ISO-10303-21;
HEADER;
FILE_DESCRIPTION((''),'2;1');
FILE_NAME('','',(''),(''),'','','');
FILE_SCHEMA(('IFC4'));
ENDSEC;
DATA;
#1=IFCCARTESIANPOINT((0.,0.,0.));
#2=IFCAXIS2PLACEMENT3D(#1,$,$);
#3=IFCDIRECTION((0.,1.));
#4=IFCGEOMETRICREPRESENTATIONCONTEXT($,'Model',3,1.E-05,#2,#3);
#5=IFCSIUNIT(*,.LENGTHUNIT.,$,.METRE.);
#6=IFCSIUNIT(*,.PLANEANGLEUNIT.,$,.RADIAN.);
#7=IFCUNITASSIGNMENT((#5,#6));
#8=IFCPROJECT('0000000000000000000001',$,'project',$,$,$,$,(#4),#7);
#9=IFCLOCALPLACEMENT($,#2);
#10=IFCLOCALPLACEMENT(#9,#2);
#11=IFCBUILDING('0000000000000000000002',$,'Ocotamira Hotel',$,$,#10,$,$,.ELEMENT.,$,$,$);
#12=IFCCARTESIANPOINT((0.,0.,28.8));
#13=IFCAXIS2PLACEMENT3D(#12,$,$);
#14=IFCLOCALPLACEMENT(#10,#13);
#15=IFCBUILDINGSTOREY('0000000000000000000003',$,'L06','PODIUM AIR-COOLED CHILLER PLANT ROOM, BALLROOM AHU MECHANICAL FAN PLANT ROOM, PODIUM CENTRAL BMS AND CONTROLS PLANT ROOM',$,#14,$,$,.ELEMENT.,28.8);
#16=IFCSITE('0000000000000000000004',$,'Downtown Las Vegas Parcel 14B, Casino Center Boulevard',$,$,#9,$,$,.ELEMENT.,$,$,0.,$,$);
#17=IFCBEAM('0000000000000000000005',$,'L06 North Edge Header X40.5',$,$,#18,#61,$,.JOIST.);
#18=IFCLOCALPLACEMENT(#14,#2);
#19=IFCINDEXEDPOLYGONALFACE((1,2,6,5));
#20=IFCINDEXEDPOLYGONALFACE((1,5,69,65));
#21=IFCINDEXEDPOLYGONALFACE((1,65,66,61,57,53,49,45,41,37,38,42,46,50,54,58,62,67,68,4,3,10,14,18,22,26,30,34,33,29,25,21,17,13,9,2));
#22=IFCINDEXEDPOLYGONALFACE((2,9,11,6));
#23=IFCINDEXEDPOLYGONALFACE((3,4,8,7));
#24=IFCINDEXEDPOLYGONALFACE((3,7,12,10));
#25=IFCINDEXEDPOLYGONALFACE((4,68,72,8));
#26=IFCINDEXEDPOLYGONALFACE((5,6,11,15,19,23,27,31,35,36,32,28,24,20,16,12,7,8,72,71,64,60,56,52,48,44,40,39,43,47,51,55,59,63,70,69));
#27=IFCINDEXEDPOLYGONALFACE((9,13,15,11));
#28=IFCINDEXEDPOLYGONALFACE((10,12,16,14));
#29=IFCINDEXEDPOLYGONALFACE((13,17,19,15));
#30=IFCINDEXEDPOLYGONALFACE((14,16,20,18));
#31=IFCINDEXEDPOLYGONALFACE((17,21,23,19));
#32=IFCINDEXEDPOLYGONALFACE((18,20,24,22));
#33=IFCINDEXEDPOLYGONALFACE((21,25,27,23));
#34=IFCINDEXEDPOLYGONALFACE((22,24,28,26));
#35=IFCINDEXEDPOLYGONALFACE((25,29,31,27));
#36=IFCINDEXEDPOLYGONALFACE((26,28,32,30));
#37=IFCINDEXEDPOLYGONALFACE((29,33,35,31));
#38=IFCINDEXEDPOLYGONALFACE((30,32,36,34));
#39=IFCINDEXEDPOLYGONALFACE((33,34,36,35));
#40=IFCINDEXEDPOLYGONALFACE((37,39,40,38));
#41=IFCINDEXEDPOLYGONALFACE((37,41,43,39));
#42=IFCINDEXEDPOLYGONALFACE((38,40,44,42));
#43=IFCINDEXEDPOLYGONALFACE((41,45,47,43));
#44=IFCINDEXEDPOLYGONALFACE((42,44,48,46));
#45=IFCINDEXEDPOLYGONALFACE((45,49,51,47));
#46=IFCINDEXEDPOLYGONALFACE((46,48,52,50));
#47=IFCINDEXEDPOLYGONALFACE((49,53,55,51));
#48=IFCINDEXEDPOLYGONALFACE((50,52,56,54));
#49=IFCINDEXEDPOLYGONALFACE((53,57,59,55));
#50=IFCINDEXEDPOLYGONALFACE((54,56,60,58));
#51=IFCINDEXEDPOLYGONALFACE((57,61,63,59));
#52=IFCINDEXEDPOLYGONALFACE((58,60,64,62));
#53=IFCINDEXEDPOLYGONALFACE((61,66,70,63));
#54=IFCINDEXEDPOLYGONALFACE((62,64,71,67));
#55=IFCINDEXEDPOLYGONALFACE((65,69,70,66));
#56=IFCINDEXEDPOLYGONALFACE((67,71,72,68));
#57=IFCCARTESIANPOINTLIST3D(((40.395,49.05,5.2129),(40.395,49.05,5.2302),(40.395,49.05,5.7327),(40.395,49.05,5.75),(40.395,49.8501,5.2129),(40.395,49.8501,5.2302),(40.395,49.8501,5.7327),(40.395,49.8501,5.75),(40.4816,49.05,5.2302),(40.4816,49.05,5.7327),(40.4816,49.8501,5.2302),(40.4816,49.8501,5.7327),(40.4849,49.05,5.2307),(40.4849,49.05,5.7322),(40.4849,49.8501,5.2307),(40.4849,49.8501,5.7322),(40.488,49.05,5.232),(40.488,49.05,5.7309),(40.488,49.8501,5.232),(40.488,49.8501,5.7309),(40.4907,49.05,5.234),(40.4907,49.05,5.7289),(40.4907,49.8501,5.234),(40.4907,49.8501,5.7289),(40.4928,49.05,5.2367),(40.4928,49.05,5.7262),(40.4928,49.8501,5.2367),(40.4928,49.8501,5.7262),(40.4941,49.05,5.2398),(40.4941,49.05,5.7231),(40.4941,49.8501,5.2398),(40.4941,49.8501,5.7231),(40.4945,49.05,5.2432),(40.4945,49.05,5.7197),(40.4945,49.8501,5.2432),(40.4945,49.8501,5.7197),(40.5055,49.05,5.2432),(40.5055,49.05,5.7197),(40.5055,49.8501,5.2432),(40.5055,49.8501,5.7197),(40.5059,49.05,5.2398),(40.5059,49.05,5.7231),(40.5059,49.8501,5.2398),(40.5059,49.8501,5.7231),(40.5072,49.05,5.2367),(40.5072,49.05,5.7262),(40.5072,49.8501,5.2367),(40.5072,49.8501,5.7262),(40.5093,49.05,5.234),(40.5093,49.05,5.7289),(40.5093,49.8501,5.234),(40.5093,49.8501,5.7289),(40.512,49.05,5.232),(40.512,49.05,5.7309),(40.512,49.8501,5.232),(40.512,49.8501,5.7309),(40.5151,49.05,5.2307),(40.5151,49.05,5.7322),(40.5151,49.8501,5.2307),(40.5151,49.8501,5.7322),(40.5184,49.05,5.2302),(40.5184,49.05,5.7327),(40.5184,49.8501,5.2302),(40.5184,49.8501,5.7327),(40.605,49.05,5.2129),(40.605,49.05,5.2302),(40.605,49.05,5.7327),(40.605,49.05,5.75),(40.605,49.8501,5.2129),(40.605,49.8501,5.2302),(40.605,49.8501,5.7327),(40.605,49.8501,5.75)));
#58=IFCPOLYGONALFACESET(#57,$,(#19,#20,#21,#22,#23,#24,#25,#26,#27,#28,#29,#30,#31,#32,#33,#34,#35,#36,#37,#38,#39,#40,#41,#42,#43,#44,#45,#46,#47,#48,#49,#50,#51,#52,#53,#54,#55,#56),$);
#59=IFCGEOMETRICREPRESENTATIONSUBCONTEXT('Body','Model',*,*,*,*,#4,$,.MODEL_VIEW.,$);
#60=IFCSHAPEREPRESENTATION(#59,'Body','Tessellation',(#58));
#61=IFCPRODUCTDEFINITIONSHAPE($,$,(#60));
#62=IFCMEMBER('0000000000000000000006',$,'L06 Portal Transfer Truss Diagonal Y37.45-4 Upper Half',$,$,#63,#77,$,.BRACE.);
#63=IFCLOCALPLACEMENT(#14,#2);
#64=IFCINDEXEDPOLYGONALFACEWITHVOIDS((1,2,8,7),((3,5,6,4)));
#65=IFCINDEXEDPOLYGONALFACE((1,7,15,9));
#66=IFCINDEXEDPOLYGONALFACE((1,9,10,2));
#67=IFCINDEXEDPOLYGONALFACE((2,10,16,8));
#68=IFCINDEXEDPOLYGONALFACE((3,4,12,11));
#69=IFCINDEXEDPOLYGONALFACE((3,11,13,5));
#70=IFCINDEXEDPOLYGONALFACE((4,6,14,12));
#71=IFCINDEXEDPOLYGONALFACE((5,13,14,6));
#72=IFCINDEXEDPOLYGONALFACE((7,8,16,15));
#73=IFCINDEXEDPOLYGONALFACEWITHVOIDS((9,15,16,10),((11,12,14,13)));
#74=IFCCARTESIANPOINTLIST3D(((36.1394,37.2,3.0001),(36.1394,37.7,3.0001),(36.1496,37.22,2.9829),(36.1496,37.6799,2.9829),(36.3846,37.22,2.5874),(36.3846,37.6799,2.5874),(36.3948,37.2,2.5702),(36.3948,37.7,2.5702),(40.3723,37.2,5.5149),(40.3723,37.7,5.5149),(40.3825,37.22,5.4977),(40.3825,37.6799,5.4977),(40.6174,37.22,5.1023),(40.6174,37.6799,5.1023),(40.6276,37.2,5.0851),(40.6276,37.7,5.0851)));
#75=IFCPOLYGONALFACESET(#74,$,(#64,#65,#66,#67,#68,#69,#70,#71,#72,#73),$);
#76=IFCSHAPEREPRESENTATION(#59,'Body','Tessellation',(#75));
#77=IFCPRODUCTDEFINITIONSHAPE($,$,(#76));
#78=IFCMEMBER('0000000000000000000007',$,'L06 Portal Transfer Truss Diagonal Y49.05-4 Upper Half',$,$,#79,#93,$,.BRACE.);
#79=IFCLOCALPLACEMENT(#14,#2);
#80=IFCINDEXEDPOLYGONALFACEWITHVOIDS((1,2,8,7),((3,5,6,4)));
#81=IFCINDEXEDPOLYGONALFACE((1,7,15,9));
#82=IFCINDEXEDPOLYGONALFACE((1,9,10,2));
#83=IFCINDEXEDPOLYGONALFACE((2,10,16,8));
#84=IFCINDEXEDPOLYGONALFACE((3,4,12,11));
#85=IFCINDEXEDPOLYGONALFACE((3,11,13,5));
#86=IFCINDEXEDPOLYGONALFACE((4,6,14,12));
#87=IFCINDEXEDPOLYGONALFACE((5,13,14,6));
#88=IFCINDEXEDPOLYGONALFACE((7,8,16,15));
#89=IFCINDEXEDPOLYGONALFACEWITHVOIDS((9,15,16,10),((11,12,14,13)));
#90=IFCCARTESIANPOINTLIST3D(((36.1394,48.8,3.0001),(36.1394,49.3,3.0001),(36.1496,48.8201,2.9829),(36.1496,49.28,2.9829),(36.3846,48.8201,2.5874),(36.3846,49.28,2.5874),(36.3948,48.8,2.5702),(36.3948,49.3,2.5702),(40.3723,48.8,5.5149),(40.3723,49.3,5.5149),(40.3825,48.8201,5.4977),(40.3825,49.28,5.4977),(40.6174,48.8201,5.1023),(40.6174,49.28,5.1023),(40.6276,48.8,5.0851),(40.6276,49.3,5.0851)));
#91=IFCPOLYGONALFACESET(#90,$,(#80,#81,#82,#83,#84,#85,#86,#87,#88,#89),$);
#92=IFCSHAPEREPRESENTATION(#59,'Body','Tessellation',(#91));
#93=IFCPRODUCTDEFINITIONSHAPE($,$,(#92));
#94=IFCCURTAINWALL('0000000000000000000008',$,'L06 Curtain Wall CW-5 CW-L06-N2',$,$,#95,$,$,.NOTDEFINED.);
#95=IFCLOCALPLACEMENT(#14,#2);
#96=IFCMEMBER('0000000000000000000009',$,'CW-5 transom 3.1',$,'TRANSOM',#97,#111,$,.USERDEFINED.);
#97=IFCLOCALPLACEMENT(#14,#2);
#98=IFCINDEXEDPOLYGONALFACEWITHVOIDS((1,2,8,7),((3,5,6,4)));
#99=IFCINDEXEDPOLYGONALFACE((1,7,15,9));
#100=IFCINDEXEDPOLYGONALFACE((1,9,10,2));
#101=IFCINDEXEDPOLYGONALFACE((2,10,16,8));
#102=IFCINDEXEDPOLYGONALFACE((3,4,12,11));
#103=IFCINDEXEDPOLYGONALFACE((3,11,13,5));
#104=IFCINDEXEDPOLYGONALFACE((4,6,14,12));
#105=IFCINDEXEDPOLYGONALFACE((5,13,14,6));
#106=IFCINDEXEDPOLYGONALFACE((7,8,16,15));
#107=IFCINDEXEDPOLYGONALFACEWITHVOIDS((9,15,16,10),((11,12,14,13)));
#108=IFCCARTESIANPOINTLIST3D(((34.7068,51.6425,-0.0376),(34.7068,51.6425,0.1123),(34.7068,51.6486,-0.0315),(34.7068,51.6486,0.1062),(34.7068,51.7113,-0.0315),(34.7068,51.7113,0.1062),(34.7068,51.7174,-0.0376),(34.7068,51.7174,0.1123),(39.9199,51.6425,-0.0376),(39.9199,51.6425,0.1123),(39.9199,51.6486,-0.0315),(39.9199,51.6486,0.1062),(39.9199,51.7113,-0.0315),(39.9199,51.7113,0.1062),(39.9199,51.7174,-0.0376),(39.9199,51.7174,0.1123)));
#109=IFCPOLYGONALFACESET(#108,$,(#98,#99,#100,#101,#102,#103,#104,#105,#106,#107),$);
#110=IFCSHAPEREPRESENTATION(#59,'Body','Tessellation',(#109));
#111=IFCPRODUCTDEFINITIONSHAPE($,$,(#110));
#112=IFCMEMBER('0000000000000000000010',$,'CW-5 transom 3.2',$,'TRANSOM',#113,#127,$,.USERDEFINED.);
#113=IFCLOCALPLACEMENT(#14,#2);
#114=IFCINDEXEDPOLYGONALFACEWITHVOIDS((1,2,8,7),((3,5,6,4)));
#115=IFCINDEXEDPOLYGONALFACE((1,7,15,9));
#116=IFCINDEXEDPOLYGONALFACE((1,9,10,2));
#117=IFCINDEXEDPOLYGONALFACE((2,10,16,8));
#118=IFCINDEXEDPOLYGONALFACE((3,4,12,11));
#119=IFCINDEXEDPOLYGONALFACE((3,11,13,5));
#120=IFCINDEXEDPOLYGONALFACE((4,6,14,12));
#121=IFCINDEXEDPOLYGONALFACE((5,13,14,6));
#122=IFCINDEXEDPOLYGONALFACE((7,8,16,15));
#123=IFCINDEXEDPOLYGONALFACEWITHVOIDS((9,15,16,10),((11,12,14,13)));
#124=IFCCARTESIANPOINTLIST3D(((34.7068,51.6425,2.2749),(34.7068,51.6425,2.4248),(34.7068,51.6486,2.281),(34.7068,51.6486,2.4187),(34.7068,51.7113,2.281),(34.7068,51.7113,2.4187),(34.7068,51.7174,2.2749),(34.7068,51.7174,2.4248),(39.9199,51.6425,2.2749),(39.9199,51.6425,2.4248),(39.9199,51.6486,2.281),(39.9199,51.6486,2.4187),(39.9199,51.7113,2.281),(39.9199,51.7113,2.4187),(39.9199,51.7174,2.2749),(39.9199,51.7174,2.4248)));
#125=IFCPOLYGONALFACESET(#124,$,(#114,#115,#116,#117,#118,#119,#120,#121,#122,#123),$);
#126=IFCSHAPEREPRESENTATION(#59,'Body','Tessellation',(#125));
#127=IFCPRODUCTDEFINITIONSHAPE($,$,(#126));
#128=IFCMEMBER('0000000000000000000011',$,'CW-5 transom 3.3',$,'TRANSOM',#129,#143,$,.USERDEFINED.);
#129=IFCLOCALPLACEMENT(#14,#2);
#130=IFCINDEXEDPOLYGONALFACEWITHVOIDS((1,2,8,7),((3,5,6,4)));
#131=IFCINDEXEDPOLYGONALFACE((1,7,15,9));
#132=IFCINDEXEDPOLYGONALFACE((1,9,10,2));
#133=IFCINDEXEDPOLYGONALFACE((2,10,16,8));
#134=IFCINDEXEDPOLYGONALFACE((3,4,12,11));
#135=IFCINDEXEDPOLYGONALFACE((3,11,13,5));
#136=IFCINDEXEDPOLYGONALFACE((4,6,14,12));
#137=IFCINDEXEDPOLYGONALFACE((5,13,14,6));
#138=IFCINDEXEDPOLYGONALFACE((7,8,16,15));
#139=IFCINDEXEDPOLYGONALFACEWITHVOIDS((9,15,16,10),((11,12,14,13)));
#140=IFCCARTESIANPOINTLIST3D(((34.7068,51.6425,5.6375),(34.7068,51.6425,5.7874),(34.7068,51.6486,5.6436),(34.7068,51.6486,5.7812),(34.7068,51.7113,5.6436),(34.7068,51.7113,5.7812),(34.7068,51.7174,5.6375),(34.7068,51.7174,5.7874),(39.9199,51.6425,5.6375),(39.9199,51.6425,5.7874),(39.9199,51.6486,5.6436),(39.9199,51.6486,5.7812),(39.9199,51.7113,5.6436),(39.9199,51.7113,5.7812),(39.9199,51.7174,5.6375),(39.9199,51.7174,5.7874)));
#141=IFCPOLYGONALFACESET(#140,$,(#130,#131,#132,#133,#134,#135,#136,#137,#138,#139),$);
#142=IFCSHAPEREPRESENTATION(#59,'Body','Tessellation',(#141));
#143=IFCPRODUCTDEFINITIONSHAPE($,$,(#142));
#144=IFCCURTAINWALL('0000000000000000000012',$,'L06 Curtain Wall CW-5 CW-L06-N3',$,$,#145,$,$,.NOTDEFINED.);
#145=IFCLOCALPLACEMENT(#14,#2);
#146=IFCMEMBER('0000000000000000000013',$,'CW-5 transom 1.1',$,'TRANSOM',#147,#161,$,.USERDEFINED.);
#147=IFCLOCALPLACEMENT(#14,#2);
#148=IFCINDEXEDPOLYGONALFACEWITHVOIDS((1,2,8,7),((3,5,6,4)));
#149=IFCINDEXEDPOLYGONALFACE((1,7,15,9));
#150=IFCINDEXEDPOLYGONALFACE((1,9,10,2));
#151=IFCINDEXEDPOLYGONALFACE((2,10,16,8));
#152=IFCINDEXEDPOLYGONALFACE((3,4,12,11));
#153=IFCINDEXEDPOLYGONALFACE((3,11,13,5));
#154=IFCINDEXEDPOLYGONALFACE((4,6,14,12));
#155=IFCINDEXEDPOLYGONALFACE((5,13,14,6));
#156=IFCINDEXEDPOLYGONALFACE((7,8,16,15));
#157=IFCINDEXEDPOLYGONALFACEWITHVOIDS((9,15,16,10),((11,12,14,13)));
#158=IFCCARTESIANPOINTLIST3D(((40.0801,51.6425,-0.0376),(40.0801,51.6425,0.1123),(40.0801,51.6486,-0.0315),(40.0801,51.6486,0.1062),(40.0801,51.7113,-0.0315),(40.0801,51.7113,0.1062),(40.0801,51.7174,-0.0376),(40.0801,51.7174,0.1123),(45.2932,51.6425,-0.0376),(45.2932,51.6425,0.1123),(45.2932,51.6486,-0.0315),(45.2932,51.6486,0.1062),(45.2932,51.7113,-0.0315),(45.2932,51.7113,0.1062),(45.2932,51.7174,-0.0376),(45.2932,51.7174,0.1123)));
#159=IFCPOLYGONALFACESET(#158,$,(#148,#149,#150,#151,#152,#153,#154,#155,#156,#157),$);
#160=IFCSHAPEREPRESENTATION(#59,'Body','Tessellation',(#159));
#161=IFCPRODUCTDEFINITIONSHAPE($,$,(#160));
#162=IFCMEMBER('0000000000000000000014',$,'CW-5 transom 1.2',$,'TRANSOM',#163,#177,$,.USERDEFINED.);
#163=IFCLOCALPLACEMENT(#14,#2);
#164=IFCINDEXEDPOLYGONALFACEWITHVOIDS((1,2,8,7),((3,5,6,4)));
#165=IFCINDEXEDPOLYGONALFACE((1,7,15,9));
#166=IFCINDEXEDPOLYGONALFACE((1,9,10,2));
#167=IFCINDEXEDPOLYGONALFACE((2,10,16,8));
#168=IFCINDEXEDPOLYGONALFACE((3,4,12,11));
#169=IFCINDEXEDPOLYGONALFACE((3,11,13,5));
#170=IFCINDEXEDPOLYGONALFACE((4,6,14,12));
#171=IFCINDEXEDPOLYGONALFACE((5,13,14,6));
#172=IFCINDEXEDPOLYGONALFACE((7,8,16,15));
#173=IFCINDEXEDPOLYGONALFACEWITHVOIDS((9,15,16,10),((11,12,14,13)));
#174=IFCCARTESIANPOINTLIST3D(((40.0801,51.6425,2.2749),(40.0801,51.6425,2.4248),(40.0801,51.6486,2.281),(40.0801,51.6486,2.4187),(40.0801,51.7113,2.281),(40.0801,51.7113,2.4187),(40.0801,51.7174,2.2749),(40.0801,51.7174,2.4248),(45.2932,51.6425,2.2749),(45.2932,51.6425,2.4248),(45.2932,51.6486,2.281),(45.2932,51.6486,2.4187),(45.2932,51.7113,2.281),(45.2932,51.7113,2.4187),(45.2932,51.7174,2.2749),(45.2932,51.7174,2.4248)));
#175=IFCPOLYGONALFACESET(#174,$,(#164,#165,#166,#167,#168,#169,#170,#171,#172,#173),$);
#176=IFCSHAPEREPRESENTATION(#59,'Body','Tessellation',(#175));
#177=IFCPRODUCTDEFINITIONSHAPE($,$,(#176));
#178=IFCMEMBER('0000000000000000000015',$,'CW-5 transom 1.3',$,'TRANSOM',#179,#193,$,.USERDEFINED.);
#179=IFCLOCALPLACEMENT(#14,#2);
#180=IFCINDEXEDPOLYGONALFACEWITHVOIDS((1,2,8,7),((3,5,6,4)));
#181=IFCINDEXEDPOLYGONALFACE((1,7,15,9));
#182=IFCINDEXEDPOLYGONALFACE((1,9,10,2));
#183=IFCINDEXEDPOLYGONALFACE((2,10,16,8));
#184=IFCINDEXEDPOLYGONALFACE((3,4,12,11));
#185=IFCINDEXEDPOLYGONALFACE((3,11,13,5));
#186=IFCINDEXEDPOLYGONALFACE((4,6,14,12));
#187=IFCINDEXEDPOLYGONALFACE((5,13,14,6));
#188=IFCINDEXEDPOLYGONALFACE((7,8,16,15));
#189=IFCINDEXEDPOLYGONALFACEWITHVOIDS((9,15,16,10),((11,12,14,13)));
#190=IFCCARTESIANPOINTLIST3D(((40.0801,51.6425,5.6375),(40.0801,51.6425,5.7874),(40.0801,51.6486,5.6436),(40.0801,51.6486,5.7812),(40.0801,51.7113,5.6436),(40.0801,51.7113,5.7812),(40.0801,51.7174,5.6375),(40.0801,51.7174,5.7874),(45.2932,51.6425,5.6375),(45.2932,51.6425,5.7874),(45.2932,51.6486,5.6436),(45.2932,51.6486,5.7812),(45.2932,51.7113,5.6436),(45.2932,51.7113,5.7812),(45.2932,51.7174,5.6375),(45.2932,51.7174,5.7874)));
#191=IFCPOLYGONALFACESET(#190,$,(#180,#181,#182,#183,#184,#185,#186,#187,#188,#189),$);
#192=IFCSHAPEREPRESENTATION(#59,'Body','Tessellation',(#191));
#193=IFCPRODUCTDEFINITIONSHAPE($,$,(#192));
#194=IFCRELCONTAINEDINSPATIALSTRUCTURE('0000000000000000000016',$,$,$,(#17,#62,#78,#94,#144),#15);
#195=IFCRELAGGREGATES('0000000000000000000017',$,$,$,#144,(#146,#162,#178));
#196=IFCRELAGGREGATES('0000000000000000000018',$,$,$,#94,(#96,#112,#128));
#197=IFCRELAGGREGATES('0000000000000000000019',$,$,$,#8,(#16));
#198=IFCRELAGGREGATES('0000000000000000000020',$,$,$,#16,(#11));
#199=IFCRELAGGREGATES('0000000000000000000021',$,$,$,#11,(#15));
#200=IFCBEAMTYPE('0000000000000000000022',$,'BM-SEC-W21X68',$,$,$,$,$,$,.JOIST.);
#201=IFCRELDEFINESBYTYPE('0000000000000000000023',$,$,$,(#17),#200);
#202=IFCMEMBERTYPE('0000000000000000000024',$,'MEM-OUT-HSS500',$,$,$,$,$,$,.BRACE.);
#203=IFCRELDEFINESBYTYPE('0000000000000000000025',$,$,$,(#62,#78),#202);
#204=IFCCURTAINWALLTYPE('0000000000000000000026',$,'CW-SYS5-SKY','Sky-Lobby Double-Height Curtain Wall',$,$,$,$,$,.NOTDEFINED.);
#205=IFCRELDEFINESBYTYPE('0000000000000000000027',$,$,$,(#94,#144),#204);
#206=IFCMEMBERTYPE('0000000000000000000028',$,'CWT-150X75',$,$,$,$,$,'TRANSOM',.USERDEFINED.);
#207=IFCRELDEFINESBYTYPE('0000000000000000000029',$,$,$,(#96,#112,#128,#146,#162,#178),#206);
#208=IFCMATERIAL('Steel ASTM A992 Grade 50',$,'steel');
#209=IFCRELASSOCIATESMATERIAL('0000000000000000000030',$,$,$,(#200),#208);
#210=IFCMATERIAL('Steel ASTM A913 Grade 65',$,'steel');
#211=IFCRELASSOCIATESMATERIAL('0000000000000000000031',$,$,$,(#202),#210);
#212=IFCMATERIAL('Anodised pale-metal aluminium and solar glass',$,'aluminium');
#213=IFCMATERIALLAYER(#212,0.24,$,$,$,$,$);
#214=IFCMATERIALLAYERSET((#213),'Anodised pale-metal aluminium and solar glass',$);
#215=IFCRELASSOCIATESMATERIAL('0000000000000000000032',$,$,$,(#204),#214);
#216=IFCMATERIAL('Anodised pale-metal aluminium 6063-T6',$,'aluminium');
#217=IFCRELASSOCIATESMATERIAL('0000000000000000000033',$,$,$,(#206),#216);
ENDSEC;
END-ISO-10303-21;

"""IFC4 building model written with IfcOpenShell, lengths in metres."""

from ifc_helpers import new_model, si_unit, direction, frame, origin, origin_2d, place, context, subcontext, project, spatial, hollow_rectangle, i_section, extrude, source, transform, mapped, material, layer, layer_set, material_profile, profile_set, type_object, element, aggregate, save


model = new_model("IFC4")

# Units and contexts
model_context = context("Model", 3, precision=1e-05, world=origin(), true_north=direction((0.0, 1.0)))
body_context = subcontext(model_context, "Body", "Model", "MODEL_VIEW")
ifc_project = project(units=[si_unit("LENGTHUNIT", "METRE"), si_unit("PLANEANGLEUNIT", "RADIAN")], contexts=[model_context])

# Site, building, storey
site_placement = place(None, origin())
site = spatial("IfcSite", under=ifc_project, at=site_placement, Name="Downtown Las Vegas Parcel 14B, Casino Center Boulevard", CompositionType="ELEMENT", RefElevation=0.0)
building_placement = place(site_placement, origin())
building = spatial("IfcBuilding", under=site, at=building_placement, Name="Ocotamira Hotel", CompositionType="ELEMENT")
storey_placement = place(building_placement, frame((0.0, 0.0, 28.8)))
storey = spatial("IfcBuildingStorey", under=building, at=storey_placement, Name="L06", Description="PODIUM AIR-COOLED CHILLER PLANT ROOM, BALLROOM AHU MECHANICAL FAN PLANT ROOM, PODIUM CENTRAL BMS AND CONTROLS PLANT ROOM", CompositionType="ELEMENT", Elevation=28.8)

# Beam
ifc_material_1 = material(Name="Steel ASTM A992 Grade 50", Category="steel")
ifc_material_profile_1 = material_profile(ifc_material_1, i_section(OverallWidth=0.21, OverallDepth=0.5371, WebThickness=0.011, FlangeThickness=0.0173, FilletRadius=0.0129, at=origin_2d()), Name="W21X68")
ifc_profile_set_1 = profile_set([ifc_material_profile_1], Name="Steel ASTM A992 Grade 50")
beam_type_1 = type_object("IfcBeamType", Name="BM-SEC-W21X68", PredefinedType="JOIST", material=ifc_profile_set_1)
shared_shape_1 = source(origin(), body_context, "Body", "SweptSolid", [
    extrude(i_section(OverallWidth=0.21, OverallDepth=0.5371, WebThickness=0.011, FlangeThickness=0.0173, FilletRadius=0.0129, at=origin_2d()), origin(), (0.0, 0.0, 1.0), 0.8),
])
beam_1_placement = place(storey_placement, frame((40.5, 49.05, 5.4814), z_axis=(0.0, 1.0, 0.0), x_axis=(-1.0, 0.0, 0.0)))
element("IfcBeam", 1, at=beam_1_placement, inside=storey, type_object=beam_type_1, Name="L06 North Edge Header X40.5", PredefinedType="JOIST", context=body_context, shape_type="MappedRepresentation", body=[
    mapped(shared_shape_1, transform((0.0, 0.0, 0.0), scale=1.0)),
])

# Members
ifc_material_2 = material(Name="Steel ASTM A913 Grade 65", Category="steel")
ifc_material_profile_2 = material_profile(ifc_material_2, hollow_rectangle(XDim=0.5, YDim=0.5, WallThickness=0.02, at=origin_2d()), Name="HSS500X500X20")
ifc_profile_set_2 = profile_set([ifc_material_profile_2], Name="Steel ASTM A913 Grade 65")
member_type_1 = type_object("IfcMemberType", Name="MEM-OUT-HSS500", PredefinedType="BRACE", material=ifc_profile_set_2)
shared_shape_2 = source(origin(), body_context, "Body", "SweptSolid", [
    extrude(hollow_rectangle(XDim=0.5, YDim=0.5, WallThickness=0.02, at=origin_2d()), origin(), (0.0, 0.0, 1.0), 4.9236),
])
for number, where, z_axis, x_axis, name in (
    (2, (36.2671, 37.45, 2.7852), (0.859712, 0.0, 0.510779), (0.0, 1.0, 0.0), "L06 Portal Transfer Truss Diagonal Y37.45-4 Upper Half"),
    (3, (36.2671, 49.05, 2.7852), (0.859712, 0.0, 0.510779), (0.0, 1.0, 0.0), "L06 Portal Transfer Truss Diagonal Y49.05-4 Upper Half"),
):
    element("IfcMember", number, at=place(storey_placement, frame(where, z_axis=z_axis, x_axis=x_axis)), inside=storey, type_object=member_type_1, Name=name, PredefinedType="BRACE", context=body_context, shape_type="MappedRepresentation", body=[
        mapped(shared_shape_2, transform((0.0, 0.0, 0.0), scale=1.0)),
    ])

# Curtain walls, members
ifc_material_3 = material(Name="Anodised pale-metal aluminium and solar glass", Category="aluminium")
ifc_layer_1 = layer(ifc_material_3, 0.24)
ifc_layer_set_1 = layer_set([ifc_layer_1], Name="Anodised pale-metal aluminium and solar glass")
curtain_wall_type = type_object("IfcCurtainWallType", Name="CW-SYS5-SKY", Description="Sky-Lobby Double-Height Curtain Wall", PredefinedType="NOTDEFINED", material=ifc_layer_set_1)
curtain_wall_1_placement = place(storey_placement, origin())
curtain_wall_1 = element("IfcCurtainWall", 4, at=curtain_wall_1_placement, inside=storey, type_object=curtain_wall_type, Name="L06 Curtain Wall CW-5 CW-L06-N2", PredefinedType="NOTDEFINED")
ifc_material_4 = material(Name="Anodised pale-metal aluminium 6063-T6", Category="aluminium")
ifc_material_profile_3 = material_profile(ifc_material_4, hollow_rectangle(XDim=0.075, YDim=0.1499, WallThickness=0.0061, at=origin_2d()), Name="HSS150X75X6")
ifc_profile_set_3 = profile_set([ifc_material_profile_3], Name="Anodised pale-metal aluminium 6063-T6")
member_type_2 = type_object("IfcMemberType", Name="CWT-150X75", ElementType="TRANSOM", PredefinedType="USERDEFINED", material=ifc_profile_set_3)
shared_shape_3 = source(origin(), body_context, "Body", "SweptSolid", [
    extrude(hollow_rectangle(XDim=0.075, YDim=0.1499, WallThickness=0.0061, at=origin_2d()), origin(), (0.0, 0.0, 1.0), 5.2131),
])
member_1_placement = place(storey_placement, frame((34.7068, 51.6799, 0.0374), z_axis=(1.0, 0.0, 0.0), x_axis=(0.0, 1.0, 0.0)))
member_1 = element("IfcMember", 5, at=member_1_placement, type_object=member_type_2, Name="CW-5 transom 3.1", ObjectType="TRANSOM", PredefinedType="USERDEFINED", context=body_context, shape_type="MappedRepresentation", body=[
    mapped(shared_shape_3, transform((0.0, 0.0, 0.0), scale=1.0)),
])
member_2_placement = place(storey_placement, frame((34.7068, 51.6799, 2.3499), z_axis=(1.0, 0.0, 0.0), x_axis=(0.0, 1.0, 0.0)))
member_2 = element("IfcMember", 6, at=member_2_placement, type_object=member_type_2, Name="CW-5 transom 3.2", ObjectType="TRANSOM", PredefinedType="USERDEFINED", context=body_context, shape_type="MappedRepresentation", body=[
    mapped(shared_shape_3, transform((0.0, 0.0, 0.0), scale=1.0)),
])
member_3_placement = place(storey_placement, frame((34.7068, 51.6799, 5.7124), z_axis=(1.0, 0.0, 0.0), x_axis=(0.0, 1.0, 0.0)))
member_3 = element("IfcMember", 7, at=member_3_placement, type_object=member_type_2, Name="CW-5 transom 3.3", ObjectType="TRANSOM", PredefinedType="USERDEFINED", context=body_context, shape_type="MappedRepresentation", body=[
    mapped(shared_shape_3, transform((0.0, 0.0, 0.0), scale=1.0)),
])
curtain_wall_2_placement = place(storey_placement, origin())
curtain_wall_2 = element("IfcCurtainWall", 8, at=curtain_wall_2_placement, inside=storey, type_object=curtain_wall_type, Name="L06 Curtain Wall CW-5 CW-L06-N3", PredefinedType="NOTDEFINED")
member_4_placement = place(storey_placement, frame((40.0801, 51.6799, 0.0374), z_axis=(1.0, 0.0, 0.0), x_axis=(0.0, 1.0, 0.0)))
member_4 = element("IfcMember", 9, at=member_4_placement, type_object=member_type_2, Name="CW-5 transom 1.1", ObjectType="TRANSOM", PredefinedType="USERDEFINED", context=body_context, shape_type="MappedRepresentation", body=[
    mapped(shared_shape_3, transform((0.0, 0.0, 0.0), scale=1.0)),
])
member_5_placement = place(storey_placement, frame((40.0801, 51.6799, 2.3499), z_axis=(1.0, 0.0, 0.0), x_axis=(0.0, 1.0, 0.0)))
member_5 = element("IfcMember", 10, at=member_5_placement, type_object=member_type_2, Name="CW-5 transom 1.2", ObjectType="TRANSOM", PredefinedType="USERDEFINED", context=body_context, shape_type="MappedRepresentation", body=[
    mapped(shared_shape_3, transform((0.0, 0.0, 0.0), scale=1.0)),
])
member_6_placement = place(storey_placement, frame((40.0801, 51.6799, 5.7124), z_axis=(1.0, 0.0, 0.0), x_axis=(0.0, 1.0, 0.0)))
member_6 = element("IfcMember", 11, at=member_6_placement, type_object=member_type_2, Name="CW-5 transom 1.3", ObjectType="TRANSOM", PredefinedType="USERDEFINED", context=body_context, shape_type="MappedRepresentation", body=[
    mapped(shared_shape_3, transform((0.0, 0.0, 0.0), scale=1.0)),
])

aggregate(curtain_wall_2, [member_4, member_5, member_6])

aggregate(curtain_wall_1, [member_1, member_2, member_3])

save(model, "model.ifc")
